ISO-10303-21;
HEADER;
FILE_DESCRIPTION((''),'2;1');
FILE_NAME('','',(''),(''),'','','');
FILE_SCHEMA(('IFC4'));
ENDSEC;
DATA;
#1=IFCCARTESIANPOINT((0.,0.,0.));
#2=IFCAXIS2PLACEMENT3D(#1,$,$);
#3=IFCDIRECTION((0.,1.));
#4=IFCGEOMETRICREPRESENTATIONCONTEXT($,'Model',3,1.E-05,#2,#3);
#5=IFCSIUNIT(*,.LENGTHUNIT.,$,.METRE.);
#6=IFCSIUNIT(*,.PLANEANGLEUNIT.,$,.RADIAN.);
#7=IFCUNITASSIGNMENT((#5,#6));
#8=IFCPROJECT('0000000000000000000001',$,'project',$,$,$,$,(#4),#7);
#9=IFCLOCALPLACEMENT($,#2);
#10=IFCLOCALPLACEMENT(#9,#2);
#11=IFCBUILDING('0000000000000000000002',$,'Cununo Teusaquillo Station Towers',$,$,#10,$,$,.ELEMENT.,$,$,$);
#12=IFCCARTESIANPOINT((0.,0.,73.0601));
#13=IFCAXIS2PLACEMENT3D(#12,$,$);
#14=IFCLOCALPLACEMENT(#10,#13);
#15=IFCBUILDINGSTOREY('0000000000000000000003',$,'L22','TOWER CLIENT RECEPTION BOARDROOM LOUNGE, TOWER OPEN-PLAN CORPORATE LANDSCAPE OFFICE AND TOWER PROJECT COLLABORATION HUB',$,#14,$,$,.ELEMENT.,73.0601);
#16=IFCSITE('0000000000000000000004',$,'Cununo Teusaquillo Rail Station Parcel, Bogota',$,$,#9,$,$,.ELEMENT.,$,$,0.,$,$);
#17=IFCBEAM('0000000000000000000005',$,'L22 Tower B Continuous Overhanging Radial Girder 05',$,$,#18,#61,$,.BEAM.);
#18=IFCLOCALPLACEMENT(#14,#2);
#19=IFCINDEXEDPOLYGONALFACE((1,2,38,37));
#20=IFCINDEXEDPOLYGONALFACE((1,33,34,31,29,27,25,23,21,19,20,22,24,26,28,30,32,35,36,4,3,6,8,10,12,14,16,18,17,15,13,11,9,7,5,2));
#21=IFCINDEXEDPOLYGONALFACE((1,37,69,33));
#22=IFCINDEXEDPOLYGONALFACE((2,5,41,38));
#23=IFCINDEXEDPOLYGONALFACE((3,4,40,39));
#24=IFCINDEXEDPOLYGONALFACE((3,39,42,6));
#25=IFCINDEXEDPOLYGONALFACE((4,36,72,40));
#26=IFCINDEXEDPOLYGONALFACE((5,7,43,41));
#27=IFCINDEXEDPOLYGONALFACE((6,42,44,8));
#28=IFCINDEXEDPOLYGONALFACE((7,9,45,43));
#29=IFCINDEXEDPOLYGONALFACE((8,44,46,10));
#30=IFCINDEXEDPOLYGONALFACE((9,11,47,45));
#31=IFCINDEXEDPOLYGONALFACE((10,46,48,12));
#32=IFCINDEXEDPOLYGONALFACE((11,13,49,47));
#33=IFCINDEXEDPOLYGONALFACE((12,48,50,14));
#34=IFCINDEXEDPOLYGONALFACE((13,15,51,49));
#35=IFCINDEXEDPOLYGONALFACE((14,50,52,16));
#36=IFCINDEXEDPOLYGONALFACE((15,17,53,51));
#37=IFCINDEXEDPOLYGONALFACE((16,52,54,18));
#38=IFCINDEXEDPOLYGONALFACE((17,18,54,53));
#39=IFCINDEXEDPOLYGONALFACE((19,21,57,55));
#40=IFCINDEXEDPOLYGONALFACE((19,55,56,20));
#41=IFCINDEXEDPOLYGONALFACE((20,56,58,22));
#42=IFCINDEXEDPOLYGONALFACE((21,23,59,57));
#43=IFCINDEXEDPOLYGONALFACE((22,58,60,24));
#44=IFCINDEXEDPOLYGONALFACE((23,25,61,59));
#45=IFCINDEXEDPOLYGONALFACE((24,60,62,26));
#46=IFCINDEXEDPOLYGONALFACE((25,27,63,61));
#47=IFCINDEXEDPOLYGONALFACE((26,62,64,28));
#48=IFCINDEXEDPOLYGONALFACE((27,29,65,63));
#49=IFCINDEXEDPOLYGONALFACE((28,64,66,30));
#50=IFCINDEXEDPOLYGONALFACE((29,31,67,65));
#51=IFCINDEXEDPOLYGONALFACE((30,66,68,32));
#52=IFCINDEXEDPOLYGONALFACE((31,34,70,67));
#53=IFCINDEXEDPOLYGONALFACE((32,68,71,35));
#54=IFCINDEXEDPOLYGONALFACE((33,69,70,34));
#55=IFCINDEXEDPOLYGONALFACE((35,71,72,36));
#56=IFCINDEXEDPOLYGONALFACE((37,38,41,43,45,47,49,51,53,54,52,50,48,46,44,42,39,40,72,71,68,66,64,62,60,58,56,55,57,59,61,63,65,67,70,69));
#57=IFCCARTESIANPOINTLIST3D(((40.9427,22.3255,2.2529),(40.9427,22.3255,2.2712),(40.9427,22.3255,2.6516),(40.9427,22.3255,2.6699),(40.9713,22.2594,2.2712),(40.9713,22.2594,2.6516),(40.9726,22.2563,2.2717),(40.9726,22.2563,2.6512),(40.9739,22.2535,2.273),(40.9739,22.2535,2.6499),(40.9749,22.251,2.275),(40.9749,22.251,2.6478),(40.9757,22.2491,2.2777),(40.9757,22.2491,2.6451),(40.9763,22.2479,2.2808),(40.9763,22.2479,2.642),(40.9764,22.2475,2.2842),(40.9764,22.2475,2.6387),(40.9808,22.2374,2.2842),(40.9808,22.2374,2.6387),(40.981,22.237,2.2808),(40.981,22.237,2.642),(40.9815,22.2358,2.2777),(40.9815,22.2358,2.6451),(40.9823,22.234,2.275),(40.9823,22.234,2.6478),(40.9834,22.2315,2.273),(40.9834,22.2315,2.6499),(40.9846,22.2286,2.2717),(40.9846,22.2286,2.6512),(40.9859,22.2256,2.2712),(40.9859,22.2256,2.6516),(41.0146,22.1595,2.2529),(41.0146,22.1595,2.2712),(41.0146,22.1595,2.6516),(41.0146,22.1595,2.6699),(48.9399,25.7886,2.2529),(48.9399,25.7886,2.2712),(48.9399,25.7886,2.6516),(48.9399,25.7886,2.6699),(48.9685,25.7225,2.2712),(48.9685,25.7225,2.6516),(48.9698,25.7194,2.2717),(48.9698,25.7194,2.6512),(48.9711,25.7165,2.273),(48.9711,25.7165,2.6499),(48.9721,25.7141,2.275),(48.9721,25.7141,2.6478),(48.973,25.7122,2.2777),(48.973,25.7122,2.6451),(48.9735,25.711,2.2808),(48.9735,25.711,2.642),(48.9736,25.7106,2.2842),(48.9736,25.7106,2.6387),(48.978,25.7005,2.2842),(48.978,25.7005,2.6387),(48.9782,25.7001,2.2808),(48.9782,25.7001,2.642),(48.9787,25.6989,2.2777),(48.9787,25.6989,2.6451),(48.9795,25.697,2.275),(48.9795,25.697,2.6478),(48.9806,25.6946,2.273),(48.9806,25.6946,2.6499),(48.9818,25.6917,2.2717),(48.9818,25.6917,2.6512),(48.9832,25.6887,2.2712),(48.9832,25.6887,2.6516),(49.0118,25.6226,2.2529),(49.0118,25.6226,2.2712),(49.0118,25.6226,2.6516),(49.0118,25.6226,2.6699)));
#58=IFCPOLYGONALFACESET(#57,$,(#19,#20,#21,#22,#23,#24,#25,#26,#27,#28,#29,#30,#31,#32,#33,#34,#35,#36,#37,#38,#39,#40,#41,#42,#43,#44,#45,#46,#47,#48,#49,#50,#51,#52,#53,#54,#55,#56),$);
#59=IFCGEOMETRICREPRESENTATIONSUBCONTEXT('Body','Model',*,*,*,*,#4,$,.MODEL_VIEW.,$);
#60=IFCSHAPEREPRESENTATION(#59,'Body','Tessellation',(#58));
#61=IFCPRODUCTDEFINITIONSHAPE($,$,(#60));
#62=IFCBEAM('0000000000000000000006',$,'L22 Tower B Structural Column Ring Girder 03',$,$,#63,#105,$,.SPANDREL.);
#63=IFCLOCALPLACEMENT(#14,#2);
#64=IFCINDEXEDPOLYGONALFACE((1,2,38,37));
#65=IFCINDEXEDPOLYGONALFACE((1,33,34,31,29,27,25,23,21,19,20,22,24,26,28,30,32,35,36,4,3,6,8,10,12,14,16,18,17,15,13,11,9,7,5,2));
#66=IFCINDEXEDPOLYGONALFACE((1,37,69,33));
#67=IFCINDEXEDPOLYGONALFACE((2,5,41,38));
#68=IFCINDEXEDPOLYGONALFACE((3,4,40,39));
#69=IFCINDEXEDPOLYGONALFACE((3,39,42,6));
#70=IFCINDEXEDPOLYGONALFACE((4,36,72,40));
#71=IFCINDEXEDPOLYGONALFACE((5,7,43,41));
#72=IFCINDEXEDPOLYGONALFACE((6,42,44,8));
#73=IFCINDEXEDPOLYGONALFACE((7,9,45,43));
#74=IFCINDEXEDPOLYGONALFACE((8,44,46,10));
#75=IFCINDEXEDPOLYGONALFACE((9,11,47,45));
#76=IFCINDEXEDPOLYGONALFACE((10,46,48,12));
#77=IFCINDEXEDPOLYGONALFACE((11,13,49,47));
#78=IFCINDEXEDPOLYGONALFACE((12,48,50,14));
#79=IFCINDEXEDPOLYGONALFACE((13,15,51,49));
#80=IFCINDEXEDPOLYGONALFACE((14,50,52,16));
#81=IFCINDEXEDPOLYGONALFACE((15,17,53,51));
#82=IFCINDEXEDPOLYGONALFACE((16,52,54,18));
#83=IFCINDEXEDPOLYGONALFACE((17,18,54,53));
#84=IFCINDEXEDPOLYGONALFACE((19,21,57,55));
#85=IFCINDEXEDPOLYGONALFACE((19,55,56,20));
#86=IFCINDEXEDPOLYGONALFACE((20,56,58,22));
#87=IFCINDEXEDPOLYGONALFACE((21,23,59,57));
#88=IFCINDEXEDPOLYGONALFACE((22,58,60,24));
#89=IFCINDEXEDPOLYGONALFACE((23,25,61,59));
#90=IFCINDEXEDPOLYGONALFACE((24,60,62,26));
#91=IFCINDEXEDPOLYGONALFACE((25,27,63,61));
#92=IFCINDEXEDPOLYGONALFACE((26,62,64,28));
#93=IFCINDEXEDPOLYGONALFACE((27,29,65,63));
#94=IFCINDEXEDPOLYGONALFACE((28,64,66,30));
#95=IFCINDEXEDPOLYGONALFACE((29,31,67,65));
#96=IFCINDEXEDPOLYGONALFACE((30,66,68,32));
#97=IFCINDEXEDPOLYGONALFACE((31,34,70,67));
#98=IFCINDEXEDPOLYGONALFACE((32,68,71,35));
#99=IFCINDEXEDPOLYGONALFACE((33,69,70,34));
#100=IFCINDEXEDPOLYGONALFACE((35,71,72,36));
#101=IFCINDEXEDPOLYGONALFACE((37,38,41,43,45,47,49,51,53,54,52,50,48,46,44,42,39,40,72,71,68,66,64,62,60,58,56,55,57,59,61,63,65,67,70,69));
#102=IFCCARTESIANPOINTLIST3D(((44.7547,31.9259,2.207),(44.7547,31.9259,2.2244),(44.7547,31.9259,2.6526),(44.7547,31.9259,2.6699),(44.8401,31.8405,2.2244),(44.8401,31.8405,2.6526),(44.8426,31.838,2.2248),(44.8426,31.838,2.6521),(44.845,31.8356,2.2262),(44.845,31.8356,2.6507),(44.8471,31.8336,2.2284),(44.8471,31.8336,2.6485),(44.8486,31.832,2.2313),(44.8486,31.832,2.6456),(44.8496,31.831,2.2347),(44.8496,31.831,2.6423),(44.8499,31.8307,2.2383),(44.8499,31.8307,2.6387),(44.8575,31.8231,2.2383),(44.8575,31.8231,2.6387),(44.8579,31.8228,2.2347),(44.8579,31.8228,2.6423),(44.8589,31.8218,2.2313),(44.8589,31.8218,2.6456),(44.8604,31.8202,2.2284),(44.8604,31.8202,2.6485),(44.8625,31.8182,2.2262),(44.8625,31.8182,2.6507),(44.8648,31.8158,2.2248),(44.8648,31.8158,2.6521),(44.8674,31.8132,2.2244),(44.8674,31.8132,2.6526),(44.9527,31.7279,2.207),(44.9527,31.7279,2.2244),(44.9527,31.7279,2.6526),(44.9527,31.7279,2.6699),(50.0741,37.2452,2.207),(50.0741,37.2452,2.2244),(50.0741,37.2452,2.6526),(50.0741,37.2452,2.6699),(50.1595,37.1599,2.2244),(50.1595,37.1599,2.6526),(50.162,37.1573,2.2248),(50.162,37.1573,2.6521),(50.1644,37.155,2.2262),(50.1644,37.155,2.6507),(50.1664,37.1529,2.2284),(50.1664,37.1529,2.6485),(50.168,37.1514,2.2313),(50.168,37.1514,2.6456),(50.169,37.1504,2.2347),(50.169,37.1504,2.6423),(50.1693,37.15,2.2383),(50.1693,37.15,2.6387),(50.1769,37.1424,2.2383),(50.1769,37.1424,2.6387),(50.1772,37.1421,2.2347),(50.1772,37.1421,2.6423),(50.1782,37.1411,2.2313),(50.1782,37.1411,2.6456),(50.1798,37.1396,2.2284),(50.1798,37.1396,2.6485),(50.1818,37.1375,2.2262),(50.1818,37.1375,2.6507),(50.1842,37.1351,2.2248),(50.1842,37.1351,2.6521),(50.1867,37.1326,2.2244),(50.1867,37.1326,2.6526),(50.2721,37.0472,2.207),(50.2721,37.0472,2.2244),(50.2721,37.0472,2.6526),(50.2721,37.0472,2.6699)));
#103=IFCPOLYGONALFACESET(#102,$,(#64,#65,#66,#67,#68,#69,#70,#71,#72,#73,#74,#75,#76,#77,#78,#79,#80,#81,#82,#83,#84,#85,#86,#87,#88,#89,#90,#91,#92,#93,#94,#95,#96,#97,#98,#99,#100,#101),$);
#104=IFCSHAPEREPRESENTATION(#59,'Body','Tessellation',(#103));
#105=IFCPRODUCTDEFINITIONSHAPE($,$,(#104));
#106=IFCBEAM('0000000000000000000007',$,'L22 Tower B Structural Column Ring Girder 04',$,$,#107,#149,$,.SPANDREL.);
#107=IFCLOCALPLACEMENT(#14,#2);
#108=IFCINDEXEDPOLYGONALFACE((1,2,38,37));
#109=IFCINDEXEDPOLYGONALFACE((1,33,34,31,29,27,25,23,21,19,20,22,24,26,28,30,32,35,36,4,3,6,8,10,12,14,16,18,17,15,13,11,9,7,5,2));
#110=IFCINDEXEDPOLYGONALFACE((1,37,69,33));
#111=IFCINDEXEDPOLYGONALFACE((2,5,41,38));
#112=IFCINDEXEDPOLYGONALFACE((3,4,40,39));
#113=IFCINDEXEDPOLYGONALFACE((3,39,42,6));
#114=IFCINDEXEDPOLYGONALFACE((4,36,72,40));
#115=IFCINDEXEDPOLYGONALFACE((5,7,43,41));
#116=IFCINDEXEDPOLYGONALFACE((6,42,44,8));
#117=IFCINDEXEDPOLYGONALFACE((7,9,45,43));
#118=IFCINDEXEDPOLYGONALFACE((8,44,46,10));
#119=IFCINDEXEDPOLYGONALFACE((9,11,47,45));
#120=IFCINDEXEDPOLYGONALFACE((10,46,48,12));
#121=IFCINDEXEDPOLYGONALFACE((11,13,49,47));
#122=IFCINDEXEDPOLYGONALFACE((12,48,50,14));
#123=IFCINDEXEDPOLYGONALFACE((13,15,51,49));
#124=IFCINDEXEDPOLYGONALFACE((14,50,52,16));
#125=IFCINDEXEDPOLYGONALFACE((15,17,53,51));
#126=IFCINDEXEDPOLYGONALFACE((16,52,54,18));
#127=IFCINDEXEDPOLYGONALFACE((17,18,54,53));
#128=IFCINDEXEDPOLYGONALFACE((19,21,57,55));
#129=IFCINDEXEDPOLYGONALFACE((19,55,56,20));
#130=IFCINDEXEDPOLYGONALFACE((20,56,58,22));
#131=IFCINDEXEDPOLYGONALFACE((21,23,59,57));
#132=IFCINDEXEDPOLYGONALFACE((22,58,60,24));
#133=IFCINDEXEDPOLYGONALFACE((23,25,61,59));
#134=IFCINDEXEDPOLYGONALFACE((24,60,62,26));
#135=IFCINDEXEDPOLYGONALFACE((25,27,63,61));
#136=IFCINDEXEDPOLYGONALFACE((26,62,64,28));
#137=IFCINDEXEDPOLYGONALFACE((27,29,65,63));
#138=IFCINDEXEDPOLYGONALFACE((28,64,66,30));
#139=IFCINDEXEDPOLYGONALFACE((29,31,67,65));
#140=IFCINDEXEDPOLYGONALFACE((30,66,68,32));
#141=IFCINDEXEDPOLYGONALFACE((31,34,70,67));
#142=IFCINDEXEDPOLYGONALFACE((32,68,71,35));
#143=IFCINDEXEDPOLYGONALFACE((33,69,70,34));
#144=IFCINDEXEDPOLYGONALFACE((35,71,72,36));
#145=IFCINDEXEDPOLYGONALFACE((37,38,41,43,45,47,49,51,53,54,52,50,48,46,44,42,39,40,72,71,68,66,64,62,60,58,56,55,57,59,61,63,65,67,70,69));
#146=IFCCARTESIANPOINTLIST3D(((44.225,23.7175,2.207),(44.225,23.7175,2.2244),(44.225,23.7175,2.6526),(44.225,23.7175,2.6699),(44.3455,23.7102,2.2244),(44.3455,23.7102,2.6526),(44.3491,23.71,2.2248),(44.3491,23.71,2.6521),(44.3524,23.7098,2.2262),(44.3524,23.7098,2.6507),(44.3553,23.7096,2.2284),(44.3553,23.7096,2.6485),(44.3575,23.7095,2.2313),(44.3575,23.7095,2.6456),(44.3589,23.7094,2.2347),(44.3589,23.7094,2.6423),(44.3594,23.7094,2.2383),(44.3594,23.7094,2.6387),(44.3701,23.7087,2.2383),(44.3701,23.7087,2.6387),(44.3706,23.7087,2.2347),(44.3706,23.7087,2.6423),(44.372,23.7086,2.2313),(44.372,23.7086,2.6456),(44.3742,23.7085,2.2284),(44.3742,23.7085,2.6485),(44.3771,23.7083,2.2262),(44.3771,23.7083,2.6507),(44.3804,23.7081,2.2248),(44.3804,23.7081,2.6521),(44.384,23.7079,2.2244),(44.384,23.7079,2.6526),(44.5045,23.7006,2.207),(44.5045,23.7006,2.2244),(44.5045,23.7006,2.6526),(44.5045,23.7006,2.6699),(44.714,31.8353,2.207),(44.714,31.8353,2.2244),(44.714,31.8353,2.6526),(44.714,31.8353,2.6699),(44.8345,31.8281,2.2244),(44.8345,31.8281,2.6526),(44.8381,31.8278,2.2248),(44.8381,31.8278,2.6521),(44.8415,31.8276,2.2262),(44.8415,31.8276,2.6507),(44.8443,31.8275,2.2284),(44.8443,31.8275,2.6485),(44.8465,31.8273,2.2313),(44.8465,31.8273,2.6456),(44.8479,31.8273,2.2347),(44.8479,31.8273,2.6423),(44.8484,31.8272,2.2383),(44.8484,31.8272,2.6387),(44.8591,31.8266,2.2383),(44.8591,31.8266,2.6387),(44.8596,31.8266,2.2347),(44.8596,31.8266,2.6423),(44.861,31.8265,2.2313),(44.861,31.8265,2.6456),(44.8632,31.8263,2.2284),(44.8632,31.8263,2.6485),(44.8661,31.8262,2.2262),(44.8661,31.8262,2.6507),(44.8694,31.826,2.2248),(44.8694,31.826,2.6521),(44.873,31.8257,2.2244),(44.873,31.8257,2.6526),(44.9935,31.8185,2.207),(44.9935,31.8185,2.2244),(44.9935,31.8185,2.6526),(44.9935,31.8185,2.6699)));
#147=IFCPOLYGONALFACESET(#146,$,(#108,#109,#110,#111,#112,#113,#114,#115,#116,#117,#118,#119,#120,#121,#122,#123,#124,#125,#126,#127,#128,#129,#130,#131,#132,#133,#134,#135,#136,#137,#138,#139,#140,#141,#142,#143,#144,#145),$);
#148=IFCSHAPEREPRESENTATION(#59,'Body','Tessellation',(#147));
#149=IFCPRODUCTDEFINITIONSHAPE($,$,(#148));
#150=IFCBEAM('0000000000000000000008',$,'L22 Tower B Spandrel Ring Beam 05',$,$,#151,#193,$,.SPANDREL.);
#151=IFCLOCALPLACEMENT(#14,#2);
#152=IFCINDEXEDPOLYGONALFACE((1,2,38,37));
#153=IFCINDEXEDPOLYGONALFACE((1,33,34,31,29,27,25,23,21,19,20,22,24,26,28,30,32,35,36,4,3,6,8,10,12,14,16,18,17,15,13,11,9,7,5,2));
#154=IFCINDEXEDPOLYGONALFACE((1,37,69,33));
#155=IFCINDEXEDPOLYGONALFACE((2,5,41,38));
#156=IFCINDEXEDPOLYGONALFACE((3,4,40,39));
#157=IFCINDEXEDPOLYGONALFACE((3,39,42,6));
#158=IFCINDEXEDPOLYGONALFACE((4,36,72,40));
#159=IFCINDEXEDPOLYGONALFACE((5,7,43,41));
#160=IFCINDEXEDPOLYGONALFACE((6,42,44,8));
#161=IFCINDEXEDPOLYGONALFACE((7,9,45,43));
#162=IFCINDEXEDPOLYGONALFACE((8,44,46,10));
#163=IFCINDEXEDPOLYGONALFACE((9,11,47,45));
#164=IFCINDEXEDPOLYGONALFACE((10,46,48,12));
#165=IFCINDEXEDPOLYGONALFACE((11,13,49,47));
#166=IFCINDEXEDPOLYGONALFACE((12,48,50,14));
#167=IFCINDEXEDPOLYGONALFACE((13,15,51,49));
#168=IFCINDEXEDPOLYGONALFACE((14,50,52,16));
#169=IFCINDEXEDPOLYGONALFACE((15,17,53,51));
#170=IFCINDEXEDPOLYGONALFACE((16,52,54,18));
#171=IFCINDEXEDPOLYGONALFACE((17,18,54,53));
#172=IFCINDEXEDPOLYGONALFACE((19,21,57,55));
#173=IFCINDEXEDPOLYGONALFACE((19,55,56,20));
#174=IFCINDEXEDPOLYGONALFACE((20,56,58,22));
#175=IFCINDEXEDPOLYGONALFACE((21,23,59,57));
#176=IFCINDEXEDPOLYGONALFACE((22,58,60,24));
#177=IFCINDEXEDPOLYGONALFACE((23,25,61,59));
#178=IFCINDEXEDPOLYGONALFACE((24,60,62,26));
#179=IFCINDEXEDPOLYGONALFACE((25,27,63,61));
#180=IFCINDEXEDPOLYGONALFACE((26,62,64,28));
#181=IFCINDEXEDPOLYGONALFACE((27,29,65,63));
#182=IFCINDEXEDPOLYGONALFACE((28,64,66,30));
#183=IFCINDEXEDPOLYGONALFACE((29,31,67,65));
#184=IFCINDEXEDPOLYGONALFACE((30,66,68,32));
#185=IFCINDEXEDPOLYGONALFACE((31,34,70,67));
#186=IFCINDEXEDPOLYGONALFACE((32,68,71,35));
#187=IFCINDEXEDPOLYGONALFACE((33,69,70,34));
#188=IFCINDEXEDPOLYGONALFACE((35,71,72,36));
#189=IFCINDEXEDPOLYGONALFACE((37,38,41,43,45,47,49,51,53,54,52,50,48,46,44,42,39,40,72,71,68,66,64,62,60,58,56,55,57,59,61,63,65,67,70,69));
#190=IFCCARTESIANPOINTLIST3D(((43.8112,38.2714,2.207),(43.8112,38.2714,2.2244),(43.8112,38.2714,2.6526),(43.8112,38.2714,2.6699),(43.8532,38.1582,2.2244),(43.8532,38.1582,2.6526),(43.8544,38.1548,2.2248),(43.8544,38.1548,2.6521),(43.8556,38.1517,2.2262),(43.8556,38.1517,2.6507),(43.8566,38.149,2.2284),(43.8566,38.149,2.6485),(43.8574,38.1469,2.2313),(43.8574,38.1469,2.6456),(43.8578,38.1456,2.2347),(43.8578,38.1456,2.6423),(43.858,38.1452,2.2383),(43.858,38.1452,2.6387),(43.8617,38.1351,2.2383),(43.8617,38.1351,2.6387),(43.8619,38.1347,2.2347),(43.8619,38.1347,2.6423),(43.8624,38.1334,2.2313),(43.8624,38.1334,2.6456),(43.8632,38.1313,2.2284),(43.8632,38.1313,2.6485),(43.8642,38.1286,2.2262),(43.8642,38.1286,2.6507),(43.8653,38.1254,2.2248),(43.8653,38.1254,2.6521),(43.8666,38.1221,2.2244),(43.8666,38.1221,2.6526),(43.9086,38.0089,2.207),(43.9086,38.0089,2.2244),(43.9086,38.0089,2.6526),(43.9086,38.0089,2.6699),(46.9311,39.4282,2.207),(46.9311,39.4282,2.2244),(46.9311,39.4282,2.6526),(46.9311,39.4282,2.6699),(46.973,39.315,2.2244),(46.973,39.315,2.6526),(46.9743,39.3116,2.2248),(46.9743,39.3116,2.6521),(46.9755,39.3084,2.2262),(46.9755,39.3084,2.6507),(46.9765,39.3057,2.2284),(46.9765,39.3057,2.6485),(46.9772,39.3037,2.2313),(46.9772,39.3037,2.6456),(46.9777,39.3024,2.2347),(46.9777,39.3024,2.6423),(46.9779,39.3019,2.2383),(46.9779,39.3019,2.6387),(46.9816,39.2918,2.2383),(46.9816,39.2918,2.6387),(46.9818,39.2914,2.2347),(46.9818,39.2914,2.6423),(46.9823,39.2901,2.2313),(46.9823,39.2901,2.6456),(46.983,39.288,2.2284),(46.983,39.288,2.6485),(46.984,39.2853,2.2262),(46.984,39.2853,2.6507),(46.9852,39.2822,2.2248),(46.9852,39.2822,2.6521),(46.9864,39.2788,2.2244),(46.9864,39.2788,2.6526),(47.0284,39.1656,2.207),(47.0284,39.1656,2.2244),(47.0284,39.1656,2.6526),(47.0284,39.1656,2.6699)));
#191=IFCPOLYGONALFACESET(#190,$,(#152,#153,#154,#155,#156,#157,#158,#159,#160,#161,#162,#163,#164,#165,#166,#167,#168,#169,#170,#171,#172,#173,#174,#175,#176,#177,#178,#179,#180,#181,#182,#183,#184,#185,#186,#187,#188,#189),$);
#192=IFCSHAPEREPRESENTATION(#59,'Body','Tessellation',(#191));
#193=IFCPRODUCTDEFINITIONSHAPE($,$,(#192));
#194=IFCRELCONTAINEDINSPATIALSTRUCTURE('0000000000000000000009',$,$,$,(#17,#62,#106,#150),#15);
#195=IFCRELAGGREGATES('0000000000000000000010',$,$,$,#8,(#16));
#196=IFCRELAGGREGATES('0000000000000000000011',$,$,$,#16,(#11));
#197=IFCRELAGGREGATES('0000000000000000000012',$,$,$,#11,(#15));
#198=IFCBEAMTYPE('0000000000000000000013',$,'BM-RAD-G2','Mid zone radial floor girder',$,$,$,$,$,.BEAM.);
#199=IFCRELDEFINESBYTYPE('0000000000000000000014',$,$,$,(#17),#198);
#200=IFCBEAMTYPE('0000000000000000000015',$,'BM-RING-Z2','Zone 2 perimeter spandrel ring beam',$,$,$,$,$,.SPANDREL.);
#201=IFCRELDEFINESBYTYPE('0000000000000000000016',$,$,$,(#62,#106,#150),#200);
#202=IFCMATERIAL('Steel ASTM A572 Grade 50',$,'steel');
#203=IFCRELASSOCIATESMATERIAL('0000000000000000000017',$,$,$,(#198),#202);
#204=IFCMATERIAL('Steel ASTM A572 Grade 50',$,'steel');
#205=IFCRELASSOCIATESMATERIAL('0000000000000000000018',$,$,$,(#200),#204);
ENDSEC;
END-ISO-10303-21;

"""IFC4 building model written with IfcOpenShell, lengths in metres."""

from ifc_helpers import new_model, si_unit, direction, frame, origin, origin_2d, place, context, subcontext, project, spatial, i_section, extrude, material, material_profile, profile_set, type_object, element, save


model = new_model("IFC4")

# Units and contexts
model_context = context("Model", 3, precision=1e-05, world=origin(), true_north=direction((0.0, 1.0)))
body_context = subcontext(model_context, "Body", "Model", "MODEL_VIEW")
ifc_project = project(units=[si_unit("LENGTHUNIT", "METRE"), si_unit("PLANEANGLEUNIT", "RADIAN")], contexts=[model_context])

# Site, building, storey
site_placement = place(None, origin())
site = spatial("IfcSite", under=ifc_project, at=site_placement, Name="Cununo Teusaquillo Rail Station Parcel, Bogota", CompositionType="ELEMENT", RefElevation=0.0)
building_placement = place(site_placement, origin())
building = spatial("IfcBuilding", under=site, at=building_placement, Name="Cununo Teusaquillo Station Towers", CompositionType="ELEMENT")
storey_placement = place(building_placement, frame((0.0, 0.0, 73.0601)))
storey = spatial("IfcBuildingStorey", under=building, at=storey_placement, Name="L22", Description="TOWER CLIENT RECEPTION BOARDROOM LOUNGE, TOWER OPEN-PLAN CORPORATE LANDSCAPE OFFICE AND TOWER PROJECT COLLABORATION HUB", CompositionType="ELEMENT", Elevation=73.0601)

# Beams
ifc_material_1 = material(Name="Steel ASTM A572 Grade 50", Category="steel")
ifc_material_profile_1 = material_profile(ifc_material_1, i_section(OverallWidth=0.1809, OverallDepth=0.417, WebThickness=0.011, FlangeThickness=0.0183, FilletRadius=0.0129, at=origin_2d()), Name="W16X57")
ifc_profile_set_1 = profile_set([ifc_material_profile_1], Name="Steel ASTM A572 Grade 50")
beam_type_1 = type_object("IfcBeamType", Name="BM-RAD-G2", Description="Mid zone radial floor girder", PredefinedType="BEAM", material=ifc_profile_set_1)
beam_1_placement = place(storey_placement, frame((48.9758, 25.7056, 2.4614), z_axis=(-0.917655, -0.397379, 0.0), x_axis=(0.397379, -0.917655, 0.0)))
element("IfcBeam", 1, at=beam_1_placement, inside=storey, type_object=beam_type_1, Name="L22 Tower B Continuous Overhanging Radial Girder 05", PredefinedType="BEAM", context=body_context, shape_type="SweptSolid", body=[
    extrude(i_section(OverallWidth=0.1809, OverallDepth=0.417, WebThickness=0.011, FlangeThickness=0.0183, FilletRadius=0.0129, at=origin_2d()), origin(), (0.0, 0.0, 1.0), 8.7148),
])
ifc_material_2 = material(Name="Steel ASTM A572 Grade 50", Category="steel")
ifc_material_profile_2 = material_profile(ifc_material_2, i_section(OverallWidth=0.28, OverallDepth=0.4629, WebThickness=0.0107, FlangeThickness=0.0173, FilletRadius=0.0139, at=origin_2d()), Name="W18X76")
ifc_profile_set_2 = profile_set([ifc_material_profile_2], Name="Steel ASTM A572 Grade 50")
beam_type_2 = type_object("IfcBeamType", Name="BM-RING-Z2", Description="Zone 2 perimeter spandrel ring beam", PredefinedType="SPANDREL", material=ifc_profile_set_2)
beam_2_placement = place(storey_placement, frame((50.1731, 37.1462, 2.4385), z_axis=(-0.707107, -0.707107, 0.0), x_axis=(0.707107, -0.707107, 0.0)))
element("IfcBeam", 2, at=beam_2_placement, inside=storey, type_object=beam_type_2, Name="L22 Tower B Structural Column Ring Girder 03", PredefinedType="SPANDREL", context=body_context, shape_type="SweptSolid", body=[
    extrude(i_section(OverallWidth=0.28, OverallDepth=0.4629, WebThickness=0.0107, FlangeThickness=0.0173, FilletRadius=0.0139, at=origin_2d()), origin(), (0.0, 0.0, 1.0), 7.5227),
])
beam_3_placement = place(storey_placement, frame((44.8538, 31.8269, 2.4385), z_axis=(-0.06013, -0.998191, 0.0), x_axis=(0.998191, -0.06013, 0.0)))
element("IfcBeam", 3, at=beam_3_placement, inside=storey, type_object=beam_type_2, Name="L22 Tower B Structural Column Ring Girder 04", PredefinedType="SPANDREL", context=body_context, shape_type="SweptSolid", body=[
    extrude(i_section(OverallWidth=0.28, OverallDepth=0.4629, WebThickness=0.0107, FlangeThickness=0.0173, FilletRadius=0.0139, at=origin_2d()), origin(), (0.0, 0.0, 1.0), 8.1326),
])
for number, where, z_axis, x_axis, name in (
    (4, (46.9797, 39.2969, 2.4385), (-0.937628, -0.347639, 0.0), (0.347639, -0.937628, 0.0), "L22 Tower B Spandrel Ring Beam 05"),
):
    element("IfcBeam", number, at=place(storey_placement, frame(where, z_axis=z_axis, x_axis=x_axis)), inside=storey, type_object=beam_type_2, Name=name, PredefinedType="SPANDREL", context=body_context, shape_type="SweptSolid", body=[
        extrude(i_section(OverallWidth=0.28, OverallDepth=0.4629, WebThickness=0.0107, FlangeThickness=0.0173, FilletRadius=0.0139, at=origin_2d()), origin(), (0.0, 0.0, 1.0), 3.3274),
    ])

save(model, "model.ifc")
